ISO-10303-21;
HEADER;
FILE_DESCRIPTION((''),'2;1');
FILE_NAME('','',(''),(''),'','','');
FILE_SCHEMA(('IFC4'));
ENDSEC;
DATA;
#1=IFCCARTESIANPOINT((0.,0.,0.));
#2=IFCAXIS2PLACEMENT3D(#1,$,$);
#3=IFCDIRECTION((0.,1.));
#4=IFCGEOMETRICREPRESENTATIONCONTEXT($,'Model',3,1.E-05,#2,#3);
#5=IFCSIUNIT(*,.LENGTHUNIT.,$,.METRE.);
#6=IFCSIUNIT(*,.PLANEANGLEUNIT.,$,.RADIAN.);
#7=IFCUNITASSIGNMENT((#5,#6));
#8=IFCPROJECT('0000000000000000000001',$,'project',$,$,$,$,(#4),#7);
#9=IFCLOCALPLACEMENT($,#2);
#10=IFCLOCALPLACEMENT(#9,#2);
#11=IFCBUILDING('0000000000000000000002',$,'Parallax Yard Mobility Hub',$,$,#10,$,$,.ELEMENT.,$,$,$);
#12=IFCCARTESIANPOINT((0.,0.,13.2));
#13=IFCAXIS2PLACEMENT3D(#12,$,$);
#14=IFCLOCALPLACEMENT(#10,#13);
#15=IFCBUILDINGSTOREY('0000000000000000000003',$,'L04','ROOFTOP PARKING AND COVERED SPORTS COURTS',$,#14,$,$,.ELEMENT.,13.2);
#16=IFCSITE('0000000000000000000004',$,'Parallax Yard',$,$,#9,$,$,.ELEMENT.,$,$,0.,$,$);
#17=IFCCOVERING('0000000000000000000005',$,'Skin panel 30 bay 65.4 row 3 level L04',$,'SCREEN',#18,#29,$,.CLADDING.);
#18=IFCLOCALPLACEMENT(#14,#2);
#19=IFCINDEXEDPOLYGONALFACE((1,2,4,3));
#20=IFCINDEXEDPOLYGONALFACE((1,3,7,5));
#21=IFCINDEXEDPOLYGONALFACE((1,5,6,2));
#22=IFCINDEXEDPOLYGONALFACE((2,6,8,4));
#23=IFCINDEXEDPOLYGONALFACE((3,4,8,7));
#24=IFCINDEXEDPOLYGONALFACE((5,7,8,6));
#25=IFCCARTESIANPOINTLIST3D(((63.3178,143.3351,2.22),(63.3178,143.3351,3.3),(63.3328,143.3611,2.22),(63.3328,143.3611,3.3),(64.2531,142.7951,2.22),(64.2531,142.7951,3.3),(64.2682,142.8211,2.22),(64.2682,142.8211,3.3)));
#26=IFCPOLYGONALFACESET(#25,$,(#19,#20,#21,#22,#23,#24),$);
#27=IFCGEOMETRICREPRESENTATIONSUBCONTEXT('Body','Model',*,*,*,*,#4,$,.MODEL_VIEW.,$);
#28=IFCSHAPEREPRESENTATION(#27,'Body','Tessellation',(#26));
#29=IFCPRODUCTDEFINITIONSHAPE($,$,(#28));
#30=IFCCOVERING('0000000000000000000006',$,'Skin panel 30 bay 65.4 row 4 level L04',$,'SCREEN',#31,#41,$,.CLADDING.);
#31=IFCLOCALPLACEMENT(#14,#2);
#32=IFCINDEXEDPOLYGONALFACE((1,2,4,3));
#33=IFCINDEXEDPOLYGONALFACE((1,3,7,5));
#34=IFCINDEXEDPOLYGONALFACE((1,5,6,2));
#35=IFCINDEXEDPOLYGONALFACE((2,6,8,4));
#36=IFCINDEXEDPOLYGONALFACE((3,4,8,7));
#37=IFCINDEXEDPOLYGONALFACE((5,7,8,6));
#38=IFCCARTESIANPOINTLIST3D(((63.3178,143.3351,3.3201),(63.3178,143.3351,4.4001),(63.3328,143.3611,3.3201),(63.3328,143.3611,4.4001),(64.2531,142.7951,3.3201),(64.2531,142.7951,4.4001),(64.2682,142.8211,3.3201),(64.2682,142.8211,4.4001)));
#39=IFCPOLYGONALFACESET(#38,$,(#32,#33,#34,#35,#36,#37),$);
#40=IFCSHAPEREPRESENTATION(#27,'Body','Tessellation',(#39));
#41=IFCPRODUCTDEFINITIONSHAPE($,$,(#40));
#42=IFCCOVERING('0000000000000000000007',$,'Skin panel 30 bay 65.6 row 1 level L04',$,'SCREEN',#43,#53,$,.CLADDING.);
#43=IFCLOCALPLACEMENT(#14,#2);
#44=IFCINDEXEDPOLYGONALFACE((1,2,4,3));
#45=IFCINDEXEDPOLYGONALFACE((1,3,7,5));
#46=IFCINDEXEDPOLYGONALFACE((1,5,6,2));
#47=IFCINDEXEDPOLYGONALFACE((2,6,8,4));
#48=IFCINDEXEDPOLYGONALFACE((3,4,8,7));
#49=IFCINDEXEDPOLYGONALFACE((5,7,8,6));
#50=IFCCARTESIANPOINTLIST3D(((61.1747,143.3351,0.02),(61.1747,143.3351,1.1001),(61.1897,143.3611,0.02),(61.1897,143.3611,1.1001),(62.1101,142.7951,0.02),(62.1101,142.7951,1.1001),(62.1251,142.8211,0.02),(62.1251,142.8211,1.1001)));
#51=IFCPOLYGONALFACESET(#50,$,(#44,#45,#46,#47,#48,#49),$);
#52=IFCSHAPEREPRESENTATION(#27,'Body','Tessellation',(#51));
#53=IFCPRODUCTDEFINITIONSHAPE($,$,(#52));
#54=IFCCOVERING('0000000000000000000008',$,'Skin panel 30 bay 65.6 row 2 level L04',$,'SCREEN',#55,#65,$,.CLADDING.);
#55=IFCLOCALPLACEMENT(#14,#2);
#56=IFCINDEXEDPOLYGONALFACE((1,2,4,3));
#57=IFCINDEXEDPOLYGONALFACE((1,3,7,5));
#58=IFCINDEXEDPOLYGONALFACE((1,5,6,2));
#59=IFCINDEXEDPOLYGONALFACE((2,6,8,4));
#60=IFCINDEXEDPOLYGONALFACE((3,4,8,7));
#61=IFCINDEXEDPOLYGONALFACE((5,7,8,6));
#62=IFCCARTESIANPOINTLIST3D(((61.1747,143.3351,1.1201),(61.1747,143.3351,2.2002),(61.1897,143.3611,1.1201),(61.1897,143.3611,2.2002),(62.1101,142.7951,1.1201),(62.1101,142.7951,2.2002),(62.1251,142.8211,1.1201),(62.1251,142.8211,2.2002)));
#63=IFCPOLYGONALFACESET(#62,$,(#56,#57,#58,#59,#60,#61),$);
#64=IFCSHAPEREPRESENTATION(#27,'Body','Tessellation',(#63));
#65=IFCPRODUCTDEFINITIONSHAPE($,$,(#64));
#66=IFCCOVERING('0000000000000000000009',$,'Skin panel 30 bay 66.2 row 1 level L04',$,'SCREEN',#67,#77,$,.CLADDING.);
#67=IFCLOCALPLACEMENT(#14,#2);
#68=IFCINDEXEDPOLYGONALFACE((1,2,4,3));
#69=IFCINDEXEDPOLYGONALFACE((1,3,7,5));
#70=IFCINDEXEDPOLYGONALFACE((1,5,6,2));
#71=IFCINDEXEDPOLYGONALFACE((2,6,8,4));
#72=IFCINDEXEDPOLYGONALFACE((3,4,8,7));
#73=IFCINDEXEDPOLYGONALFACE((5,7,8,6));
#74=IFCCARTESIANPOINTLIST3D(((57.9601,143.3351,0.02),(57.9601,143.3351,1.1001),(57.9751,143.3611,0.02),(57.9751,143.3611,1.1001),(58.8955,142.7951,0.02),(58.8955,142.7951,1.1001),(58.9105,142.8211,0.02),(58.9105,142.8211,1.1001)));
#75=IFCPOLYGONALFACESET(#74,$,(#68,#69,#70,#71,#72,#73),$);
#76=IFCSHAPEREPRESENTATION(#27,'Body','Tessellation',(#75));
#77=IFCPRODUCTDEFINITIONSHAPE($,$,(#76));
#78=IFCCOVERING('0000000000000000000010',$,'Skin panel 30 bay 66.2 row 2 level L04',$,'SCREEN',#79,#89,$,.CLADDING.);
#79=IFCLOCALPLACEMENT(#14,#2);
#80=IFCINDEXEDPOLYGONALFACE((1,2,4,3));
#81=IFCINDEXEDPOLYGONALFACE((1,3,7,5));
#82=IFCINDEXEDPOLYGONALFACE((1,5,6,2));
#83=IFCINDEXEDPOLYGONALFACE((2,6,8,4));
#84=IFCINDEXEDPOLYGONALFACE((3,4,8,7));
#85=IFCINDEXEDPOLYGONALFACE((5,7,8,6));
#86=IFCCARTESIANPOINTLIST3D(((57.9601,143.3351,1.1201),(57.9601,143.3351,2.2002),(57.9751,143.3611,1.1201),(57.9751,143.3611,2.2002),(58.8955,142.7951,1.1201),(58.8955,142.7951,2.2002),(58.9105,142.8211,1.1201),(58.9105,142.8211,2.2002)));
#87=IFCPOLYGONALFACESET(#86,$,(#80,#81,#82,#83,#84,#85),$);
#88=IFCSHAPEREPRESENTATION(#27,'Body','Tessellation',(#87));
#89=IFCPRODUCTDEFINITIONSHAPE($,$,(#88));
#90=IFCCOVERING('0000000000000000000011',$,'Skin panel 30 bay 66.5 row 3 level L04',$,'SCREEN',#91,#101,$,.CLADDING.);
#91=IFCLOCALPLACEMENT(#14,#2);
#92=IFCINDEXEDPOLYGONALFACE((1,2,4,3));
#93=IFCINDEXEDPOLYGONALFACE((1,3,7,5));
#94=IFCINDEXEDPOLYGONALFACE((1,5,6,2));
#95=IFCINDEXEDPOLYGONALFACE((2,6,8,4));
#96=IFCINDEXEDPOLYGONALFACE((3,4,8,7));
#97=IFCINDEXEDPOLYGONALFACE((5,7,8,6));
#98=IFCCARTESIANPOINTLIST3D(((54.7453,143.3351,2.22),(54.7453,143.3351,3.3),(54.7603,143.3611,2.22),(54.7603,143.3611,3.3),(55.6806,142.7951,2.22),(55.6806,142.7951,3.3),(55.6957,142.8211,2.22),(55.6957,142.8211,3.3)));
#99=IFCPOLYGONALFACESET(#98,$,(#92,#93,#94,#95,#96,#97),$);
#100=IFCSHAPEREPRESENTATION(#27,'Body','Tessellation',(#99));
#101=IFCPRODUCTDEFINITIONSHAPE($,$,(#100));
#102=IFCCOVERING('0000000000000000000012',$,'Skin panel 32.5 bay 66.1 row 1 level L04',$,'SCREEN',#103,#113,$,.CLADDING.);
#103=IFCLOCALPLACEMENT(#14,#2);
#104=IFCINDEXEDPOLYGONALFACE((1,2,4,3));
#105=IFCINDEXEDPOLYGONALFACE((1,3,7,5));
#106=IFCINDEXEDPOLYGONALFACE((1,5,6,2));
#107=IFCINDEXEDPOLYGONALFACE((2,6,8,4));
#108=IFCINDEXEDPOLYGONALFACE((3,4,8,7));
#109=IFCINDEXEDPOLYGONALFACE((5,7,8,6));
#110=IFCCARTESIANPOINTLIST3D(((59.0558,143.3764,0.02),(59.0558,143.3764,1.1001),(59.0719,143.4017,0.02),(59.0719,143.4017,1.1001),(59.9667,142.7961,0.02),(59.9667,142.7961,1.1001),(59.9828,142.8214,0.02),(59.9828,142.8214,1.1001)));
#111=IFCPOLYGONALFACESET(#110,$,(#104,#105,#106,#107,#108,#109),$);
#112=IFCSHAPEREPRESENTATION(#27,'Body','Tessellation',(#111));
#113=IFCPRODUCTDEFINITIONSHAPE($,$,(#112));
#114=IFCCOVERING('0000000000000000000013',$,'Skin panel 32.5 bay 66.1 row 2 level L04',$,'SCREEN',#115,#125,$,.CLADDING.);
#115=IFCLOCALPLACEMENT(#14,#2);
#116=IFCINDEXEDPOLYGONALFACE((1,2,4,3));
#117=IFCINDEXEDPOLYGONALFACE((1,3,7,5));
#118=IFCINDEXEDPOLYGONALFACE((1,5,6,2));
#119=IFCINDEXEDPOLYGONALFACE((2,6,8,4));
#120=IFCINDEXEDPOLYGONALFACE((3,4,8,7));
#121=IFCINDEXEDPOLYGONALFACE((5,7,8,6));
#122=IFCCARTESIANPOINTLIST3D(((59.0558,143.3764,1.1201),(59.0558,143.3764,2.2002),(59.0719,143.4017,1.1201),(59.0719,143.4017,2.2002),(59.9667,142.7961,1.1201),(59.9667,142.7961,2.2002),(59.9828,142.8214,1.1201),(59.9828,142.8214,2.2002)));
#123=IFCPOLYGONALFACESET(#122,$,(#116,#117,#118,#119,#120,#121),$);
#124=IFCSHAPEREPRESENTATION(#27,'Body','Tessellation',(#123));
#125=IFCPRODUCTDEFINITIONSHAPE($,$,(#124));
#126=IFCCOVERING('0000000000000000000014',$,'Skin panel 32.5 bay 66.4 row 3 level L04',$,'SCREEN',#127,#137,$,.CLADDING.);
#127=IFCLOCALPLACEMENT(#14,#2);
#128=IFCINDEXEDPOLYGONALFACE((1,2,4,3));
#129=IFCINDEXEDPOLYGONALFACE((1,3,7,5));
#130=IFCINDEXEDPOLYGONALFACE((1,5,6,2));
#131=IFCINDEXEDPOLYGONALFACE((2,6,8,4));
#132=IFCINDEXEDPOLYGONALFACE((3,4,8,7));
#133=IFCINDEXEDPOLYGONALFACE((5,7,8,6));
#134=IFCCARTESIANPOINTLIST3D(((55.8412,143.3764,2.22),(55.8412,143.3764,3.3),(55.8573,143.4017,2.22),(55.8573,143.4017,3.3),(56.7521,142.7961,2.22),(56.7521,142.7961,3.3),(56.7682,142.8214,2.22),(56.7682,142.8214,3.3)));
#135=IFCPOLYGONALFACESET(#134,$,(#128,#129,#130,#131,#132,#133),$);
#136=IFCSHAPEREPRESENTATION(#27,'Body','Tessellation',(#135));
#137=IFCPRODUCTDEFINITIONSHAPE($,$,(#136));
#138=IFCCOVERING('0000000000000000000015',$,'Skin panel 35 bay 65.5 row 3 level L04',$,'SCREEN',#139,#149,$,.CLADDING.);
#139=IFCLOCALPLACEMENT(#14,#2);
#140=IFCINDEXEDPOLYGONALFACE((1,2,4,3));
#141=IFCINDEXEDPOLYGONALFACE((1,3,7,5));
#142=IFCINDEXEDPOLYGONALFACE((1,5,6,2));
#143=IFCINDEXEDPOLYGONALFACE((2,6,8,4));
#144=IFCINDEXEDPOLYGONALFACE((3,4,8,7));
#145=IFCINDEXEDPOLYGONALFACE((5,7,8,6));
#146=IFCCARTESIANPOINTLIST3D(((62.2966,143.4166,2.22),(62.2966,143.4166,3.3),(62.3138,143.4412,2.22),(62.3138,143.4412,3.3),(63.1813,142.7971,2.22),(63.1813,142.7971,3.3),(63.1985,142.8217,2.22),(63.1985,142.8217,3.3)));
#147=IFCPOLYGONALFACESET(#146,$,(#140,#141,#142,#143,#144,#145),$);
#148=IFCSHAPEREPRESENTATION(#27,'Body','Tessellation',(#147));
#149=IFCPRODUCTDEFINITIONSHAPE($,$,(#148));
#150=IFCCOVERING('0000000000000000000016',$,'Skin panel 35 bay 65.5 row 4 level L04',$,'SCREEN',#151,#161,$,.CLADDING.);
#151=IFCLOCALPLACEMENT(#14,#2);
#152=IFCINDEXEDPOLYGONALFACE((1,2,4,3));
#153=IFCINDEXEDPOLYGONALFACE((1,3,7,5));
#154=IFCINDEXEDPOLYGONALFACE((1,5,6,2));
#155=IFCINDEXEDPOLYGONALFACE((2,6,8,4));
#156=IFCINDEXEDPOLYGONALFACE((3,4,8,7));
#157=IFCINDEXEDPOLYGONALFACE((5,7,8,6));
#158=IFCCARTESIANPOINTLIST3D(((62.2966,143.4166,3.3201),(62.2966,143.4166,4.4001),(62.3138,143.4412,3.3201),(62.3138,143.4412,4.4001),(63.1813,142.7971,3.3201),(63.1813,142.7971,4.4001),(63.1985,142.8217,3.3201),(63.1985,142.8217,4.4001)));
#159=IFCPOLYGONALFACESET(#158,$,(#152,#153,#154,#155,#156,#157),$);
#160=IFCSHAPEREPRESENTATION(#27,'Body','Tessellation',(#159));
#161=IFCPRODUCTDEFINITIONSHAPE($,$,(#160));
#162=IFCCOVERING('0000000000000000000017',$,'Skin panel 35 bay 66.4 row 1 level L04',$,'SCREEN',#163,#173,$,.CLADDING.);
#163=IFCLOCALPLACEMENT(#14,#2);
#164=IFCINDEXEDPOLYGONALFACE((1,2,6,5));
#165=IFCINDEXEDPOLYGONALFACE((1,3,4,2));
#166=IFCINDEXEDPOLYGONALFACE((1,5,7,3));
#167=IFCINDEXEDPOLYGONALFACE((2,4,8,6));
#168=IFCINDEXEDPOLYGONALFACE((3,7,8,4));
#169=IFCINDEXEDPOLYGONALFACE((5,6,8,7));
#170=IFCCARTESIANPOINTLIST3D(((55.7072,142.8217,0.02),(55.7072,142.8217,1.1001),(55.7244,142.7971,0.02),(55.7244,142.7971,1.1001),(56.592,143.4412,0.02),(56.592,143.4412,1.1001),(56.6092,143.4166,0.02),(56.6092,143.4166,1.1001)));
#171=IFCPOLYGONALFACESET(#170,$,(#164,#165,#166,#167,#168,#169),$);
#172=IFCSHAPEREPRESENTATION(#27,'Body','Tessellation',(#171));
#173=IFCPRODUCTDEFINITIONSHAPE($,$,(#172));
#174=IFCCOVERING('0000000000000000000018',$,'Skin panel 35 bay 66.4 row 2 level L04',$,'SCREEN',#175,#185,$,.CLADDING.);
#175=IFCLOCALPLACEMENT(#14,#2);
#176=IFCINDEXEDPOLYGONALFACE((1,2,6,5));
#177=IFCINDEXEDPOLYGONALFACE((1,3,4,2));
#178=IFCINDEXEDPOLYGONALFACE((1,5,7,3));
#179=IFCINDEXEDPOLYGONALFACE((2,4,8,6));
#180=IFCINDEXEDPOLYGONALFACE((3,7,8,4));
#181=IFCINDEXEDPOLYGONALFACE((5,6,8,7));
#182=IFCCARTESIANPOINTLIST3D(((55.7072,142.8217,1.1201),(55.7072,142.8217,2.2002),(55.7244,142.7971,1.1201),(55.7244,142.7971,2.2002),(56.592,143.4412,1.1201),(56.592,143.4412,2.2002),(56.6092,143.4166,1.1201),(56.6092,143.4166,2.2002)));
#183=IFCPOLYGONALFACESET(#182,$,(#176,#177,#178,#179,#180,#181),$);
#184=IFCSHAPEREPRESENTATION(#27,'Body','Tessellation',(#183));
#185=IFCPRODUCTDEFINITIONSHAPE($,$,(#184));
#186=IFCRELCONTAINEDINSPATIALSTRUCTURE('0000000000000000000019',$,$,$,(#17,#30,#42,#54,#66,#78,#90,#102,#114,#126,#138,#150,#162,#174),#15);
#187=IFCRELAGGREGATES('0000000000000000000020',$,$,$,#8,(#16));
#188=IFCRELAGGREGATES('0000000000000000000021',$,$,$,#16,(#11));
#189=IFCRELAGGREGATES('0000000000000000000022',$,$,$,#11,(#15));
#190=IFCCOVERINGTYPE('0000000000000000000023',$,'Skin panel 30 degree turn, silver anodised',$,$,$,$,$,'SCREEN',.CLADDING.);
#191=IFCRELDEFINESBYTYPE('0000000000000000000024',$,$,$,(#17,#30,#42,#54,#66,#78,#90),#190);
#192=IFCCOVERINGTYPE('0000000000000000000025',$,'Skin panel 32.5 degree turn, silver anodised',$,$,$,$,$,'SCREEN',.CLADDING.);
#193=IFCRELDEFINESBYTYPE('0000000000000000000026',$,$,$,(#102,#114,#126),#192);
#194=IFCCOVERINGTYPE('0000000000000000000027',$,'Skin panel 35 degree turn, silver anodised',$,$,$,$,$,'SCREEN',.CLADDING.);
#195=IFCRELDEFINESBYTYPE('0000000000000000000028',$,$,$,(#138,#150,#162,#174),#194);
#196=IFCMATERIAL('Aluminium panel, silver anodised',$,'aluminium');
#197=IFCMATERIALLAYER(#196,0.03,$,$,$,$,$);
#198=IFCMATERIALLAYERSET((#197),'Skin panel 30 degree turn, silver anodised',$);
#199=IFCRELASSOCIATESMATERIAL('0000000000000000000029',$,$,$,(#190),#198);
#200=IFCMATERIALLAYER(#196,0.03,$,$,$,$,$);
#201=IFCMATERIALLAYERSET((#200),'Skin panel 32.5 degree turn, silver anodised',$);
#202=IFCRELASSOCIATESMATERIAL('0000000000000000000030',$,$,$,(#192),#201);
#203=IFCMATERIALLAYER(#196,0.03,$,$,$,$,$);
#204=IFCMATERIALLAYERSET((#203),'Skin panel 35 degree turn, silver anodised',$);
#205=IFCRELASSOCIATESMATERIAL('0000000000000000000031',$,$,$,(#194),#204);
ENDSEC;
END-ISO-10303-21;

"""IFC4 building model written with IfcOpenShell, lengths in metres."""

from ifc_helpers import new_model, si_unit, direction, frame, origin, origin_2d, place, context, subcontext, project, spatial, rectangle, extrude, material, layer, layer_set, type_object, element, save


model = new_model("IFC4")

# Units and contexts
model_context = context("Model", 3, precision=1e-05, world=origin(), true_north=direction((0.0, 1.0)))
body_context = subcontext(model_context, "Body", "Model", "MODEL_VIEW")
ifc_project = project(units=[si_unit("LENGTHUNIT", "METRE"), si_unit("PLANEANGLEUNIT", "RADIAN")], contexts=[model_context])

# Site, building, storey
site_placement = place(None, origin())
site = spatial("IfcSite", under=ifc_project, at=site_placement, Name="Parallax Yard", CompositionType="ELEMENT", RefElevation=0.0)
building_placement = place(site_placement, origin())
building = spatial("IfcBuilding", under=site, at=building_placement, Name="Parallax Yard Mobility Hub", CompositionType="ELEMENT")
storey_placement = place(building_placement, frame((0.0, 0.0, 13.2)))
storey = spatial("IfcBuildingStorey", under=building, at=storey_placement, Name="L04", Description="ROOFTOP PARKING AND COVERED SPORTS COURTS", CompositionType="ELEMENT", Elevation=13.2)

# Coverings
ifc_material = material(Name="Aluminium panel, silver anodised", Category="aluminium")
ifc_layer_1 = layer(ifc_material, 0.03)
ifc_layer_set_1 = layer_set([ifc_layer_1], Name="Skin panel 30 degree turn, silver anodised")
covering_type_1 = type_object("IfcCoveringType", Name="Skin panel 30 degree turn, silver anodised", ElementType="SCREEN", PredefinedType="CLADDING", material=ifc_layer_set_1)
for number, where, z_axis, x_axis, name in (
    (1, (63.793, 143.0781, 2.22), (0.0, 0.0, 1.0), (-0.866025, 0.5, 0.0), "Skin panel 30 bay 65.4 row 3 level L04"),
    (2, (63.793, 143.0781, 3.3201), (0.0, 0.0, 1.0), (-0.866025, 0.5, 0.0), "Skin panel 30 bay 65.4 row 4 level L04"),
    (3, (61.6499, 143.0781, 0.02), (0.0, 0.0, 1.0), (-0.866025, 0.5, 0.0), "Skin panel 30 bay 65.6 row 1 level L04"),
    (4, (61.6499, 143.0781, 1.1201), (0.0, 0.0, 1.0), (-0.866025, 0.5, 0.0), "Skin panel 30 bay 65.6 row 2 level L04"),
    (5, (58.4353, 143.0781, 0.02), (0.0, 0.0, 1.0), (-0.866025, 0.5, 0.0), "Skin panel 30 bay 66.2 row 1 level L04"),
    (6, (58.4353, 143.0781, 1.1201), (0.0, 0.0, 1.0), (-0.866025, 0.5, 0.0), "Skin panel 30 bay 66.2 row 2 level L04"),
    (7, (55.2205, 143.0781, 2.22), (0.0, 0.0, 1.0), (-0.866025, 0.5, 0.0), "Skin panel 30 bay 66.5 row 3 level L04"),
):
    element("IfcCovering", number, at=place(storey_placement, frame(where, z_axis=z_axis, x_axis=x_axis)), inside=storey, type_object=covering_type_1, Name=name, ObjectType="SCREEN", PredefinedType="CLADDING", context=body_context, shape_type="SweptSolid", body=[
        extrude(rectangle(XDim=1.0801, YDim=0.03, at=origin_2d()), origin(), (0.0, 0.0, 1.0), 1.0801),
    ])
ifc_layer_2 = layer(ifc_material, 0.03)
ifc_layer_set_2 = layer_set([ifc_layer_2], Name="Skin panel 32.5 degree turn, silver anodised")
covering_type_2 = type_object("IfcCoveringType", Name="Skin panel 32.5 degree turn, silver anodised", ElementType="SCREEN", PredefinedType="CLADDING", material=ifc_layer_set_2)
for number, where, z_axis, x_axis, name in (
    (8, (59.5193, 143.0989, 0.02), (0.0, 0.0, 1.0), (-0.843391, 0.5373, 0.0), "Skin panel 32.5 bay 66.1 row 1 level L04"),
    (9, (59.5193, 143.0989, 1.1201), (0.0, 0.0, 1.0), (-0.843391, 0.5373, 0.0), "Skin panel 32.5 bay 66.1 row 2 level L04"),
    (10, (56.3047, 143.0989, 2.22), (0.0, 0.0, 1.0), (-0.843391, 0.5373, 0.0), "Skin panel 32.5 bay 66.4 row 3 level L04"),
):
    element("IfcCovering", number, at=place(storey_placement, frame(where, z_axis=z_axis, x_axis=x_axis)), inside=storey, type_object=covering_type_2, Name=name, ObjectType="SCREEN", PredefinedType="CLADDING", context=body_context, shape_type="SweptSolid", body=[
        extrude(rectangle(XDim=1.0801, YDim=0.03, at=origin_2d()), origin(), (0.0, 0.0, 1.0), 1.0801),
    ])
ifc_layer_3 = layer(ifc_material, 0.03)
ifc_layer_set_3 = layer_set([ifc_layer_3], Name="Skin panel 35 degree turn, silver anodised")
covering_type_3 = type_object("IfcCoveringType", Name="Skin panel 35 degree turn, silver anodised", ElementType="SCREEN", PredefinedType="CLADDING", material=ifc_layer_set_3)
for number, where, z_axis, x_axis, name in (
    (11, (62.7476, 143.1191, 2.22), (0.0, 0.0, 1.0), (-0.819152, 0.573576, 0.0), "Skin panel 35 bay 65.5 row 3 level L04"),
    (12, (62.7476, 143.1191, 3.3201), (0.0, 0.0, 1.0), (-0.819152, 0.573576, 0.0), "Skin panel 35 bay 65.5 row 4 level L04"),
    (13, (56.1582, 143.1191, 0.02), (0.0, 0.0, 1.0), (0.819152, 0.573576, 0.0), "Skin panel 35 bay 66.4 row 1 level L04"),
    (14, (56.1582, 143.1191, 1.1201), (0.0, 0.0, 1.0), (0.819152, 0.573576, 0.0), "Skin panel 35 bay 66.4 row 2 level L04"),
):
    element("IfcCovering", number, at=place(storey_placement, frame(where, z_axis=z_axis, x_axis=x_axis)), inside=storey, type_object=covering_type_3, Name=name, ObjectType="SCREEN", PredefinedType="CLADDING", context=body_context, shape_type="SweptSolid", body=[
        extrude(rectangle(XDim=1.0801, YDim=0.03, at=origin_2d()), origin(), (0.0, 0.0, 1.0), 1.0801),
    ])

save(model, "model.ifc")
